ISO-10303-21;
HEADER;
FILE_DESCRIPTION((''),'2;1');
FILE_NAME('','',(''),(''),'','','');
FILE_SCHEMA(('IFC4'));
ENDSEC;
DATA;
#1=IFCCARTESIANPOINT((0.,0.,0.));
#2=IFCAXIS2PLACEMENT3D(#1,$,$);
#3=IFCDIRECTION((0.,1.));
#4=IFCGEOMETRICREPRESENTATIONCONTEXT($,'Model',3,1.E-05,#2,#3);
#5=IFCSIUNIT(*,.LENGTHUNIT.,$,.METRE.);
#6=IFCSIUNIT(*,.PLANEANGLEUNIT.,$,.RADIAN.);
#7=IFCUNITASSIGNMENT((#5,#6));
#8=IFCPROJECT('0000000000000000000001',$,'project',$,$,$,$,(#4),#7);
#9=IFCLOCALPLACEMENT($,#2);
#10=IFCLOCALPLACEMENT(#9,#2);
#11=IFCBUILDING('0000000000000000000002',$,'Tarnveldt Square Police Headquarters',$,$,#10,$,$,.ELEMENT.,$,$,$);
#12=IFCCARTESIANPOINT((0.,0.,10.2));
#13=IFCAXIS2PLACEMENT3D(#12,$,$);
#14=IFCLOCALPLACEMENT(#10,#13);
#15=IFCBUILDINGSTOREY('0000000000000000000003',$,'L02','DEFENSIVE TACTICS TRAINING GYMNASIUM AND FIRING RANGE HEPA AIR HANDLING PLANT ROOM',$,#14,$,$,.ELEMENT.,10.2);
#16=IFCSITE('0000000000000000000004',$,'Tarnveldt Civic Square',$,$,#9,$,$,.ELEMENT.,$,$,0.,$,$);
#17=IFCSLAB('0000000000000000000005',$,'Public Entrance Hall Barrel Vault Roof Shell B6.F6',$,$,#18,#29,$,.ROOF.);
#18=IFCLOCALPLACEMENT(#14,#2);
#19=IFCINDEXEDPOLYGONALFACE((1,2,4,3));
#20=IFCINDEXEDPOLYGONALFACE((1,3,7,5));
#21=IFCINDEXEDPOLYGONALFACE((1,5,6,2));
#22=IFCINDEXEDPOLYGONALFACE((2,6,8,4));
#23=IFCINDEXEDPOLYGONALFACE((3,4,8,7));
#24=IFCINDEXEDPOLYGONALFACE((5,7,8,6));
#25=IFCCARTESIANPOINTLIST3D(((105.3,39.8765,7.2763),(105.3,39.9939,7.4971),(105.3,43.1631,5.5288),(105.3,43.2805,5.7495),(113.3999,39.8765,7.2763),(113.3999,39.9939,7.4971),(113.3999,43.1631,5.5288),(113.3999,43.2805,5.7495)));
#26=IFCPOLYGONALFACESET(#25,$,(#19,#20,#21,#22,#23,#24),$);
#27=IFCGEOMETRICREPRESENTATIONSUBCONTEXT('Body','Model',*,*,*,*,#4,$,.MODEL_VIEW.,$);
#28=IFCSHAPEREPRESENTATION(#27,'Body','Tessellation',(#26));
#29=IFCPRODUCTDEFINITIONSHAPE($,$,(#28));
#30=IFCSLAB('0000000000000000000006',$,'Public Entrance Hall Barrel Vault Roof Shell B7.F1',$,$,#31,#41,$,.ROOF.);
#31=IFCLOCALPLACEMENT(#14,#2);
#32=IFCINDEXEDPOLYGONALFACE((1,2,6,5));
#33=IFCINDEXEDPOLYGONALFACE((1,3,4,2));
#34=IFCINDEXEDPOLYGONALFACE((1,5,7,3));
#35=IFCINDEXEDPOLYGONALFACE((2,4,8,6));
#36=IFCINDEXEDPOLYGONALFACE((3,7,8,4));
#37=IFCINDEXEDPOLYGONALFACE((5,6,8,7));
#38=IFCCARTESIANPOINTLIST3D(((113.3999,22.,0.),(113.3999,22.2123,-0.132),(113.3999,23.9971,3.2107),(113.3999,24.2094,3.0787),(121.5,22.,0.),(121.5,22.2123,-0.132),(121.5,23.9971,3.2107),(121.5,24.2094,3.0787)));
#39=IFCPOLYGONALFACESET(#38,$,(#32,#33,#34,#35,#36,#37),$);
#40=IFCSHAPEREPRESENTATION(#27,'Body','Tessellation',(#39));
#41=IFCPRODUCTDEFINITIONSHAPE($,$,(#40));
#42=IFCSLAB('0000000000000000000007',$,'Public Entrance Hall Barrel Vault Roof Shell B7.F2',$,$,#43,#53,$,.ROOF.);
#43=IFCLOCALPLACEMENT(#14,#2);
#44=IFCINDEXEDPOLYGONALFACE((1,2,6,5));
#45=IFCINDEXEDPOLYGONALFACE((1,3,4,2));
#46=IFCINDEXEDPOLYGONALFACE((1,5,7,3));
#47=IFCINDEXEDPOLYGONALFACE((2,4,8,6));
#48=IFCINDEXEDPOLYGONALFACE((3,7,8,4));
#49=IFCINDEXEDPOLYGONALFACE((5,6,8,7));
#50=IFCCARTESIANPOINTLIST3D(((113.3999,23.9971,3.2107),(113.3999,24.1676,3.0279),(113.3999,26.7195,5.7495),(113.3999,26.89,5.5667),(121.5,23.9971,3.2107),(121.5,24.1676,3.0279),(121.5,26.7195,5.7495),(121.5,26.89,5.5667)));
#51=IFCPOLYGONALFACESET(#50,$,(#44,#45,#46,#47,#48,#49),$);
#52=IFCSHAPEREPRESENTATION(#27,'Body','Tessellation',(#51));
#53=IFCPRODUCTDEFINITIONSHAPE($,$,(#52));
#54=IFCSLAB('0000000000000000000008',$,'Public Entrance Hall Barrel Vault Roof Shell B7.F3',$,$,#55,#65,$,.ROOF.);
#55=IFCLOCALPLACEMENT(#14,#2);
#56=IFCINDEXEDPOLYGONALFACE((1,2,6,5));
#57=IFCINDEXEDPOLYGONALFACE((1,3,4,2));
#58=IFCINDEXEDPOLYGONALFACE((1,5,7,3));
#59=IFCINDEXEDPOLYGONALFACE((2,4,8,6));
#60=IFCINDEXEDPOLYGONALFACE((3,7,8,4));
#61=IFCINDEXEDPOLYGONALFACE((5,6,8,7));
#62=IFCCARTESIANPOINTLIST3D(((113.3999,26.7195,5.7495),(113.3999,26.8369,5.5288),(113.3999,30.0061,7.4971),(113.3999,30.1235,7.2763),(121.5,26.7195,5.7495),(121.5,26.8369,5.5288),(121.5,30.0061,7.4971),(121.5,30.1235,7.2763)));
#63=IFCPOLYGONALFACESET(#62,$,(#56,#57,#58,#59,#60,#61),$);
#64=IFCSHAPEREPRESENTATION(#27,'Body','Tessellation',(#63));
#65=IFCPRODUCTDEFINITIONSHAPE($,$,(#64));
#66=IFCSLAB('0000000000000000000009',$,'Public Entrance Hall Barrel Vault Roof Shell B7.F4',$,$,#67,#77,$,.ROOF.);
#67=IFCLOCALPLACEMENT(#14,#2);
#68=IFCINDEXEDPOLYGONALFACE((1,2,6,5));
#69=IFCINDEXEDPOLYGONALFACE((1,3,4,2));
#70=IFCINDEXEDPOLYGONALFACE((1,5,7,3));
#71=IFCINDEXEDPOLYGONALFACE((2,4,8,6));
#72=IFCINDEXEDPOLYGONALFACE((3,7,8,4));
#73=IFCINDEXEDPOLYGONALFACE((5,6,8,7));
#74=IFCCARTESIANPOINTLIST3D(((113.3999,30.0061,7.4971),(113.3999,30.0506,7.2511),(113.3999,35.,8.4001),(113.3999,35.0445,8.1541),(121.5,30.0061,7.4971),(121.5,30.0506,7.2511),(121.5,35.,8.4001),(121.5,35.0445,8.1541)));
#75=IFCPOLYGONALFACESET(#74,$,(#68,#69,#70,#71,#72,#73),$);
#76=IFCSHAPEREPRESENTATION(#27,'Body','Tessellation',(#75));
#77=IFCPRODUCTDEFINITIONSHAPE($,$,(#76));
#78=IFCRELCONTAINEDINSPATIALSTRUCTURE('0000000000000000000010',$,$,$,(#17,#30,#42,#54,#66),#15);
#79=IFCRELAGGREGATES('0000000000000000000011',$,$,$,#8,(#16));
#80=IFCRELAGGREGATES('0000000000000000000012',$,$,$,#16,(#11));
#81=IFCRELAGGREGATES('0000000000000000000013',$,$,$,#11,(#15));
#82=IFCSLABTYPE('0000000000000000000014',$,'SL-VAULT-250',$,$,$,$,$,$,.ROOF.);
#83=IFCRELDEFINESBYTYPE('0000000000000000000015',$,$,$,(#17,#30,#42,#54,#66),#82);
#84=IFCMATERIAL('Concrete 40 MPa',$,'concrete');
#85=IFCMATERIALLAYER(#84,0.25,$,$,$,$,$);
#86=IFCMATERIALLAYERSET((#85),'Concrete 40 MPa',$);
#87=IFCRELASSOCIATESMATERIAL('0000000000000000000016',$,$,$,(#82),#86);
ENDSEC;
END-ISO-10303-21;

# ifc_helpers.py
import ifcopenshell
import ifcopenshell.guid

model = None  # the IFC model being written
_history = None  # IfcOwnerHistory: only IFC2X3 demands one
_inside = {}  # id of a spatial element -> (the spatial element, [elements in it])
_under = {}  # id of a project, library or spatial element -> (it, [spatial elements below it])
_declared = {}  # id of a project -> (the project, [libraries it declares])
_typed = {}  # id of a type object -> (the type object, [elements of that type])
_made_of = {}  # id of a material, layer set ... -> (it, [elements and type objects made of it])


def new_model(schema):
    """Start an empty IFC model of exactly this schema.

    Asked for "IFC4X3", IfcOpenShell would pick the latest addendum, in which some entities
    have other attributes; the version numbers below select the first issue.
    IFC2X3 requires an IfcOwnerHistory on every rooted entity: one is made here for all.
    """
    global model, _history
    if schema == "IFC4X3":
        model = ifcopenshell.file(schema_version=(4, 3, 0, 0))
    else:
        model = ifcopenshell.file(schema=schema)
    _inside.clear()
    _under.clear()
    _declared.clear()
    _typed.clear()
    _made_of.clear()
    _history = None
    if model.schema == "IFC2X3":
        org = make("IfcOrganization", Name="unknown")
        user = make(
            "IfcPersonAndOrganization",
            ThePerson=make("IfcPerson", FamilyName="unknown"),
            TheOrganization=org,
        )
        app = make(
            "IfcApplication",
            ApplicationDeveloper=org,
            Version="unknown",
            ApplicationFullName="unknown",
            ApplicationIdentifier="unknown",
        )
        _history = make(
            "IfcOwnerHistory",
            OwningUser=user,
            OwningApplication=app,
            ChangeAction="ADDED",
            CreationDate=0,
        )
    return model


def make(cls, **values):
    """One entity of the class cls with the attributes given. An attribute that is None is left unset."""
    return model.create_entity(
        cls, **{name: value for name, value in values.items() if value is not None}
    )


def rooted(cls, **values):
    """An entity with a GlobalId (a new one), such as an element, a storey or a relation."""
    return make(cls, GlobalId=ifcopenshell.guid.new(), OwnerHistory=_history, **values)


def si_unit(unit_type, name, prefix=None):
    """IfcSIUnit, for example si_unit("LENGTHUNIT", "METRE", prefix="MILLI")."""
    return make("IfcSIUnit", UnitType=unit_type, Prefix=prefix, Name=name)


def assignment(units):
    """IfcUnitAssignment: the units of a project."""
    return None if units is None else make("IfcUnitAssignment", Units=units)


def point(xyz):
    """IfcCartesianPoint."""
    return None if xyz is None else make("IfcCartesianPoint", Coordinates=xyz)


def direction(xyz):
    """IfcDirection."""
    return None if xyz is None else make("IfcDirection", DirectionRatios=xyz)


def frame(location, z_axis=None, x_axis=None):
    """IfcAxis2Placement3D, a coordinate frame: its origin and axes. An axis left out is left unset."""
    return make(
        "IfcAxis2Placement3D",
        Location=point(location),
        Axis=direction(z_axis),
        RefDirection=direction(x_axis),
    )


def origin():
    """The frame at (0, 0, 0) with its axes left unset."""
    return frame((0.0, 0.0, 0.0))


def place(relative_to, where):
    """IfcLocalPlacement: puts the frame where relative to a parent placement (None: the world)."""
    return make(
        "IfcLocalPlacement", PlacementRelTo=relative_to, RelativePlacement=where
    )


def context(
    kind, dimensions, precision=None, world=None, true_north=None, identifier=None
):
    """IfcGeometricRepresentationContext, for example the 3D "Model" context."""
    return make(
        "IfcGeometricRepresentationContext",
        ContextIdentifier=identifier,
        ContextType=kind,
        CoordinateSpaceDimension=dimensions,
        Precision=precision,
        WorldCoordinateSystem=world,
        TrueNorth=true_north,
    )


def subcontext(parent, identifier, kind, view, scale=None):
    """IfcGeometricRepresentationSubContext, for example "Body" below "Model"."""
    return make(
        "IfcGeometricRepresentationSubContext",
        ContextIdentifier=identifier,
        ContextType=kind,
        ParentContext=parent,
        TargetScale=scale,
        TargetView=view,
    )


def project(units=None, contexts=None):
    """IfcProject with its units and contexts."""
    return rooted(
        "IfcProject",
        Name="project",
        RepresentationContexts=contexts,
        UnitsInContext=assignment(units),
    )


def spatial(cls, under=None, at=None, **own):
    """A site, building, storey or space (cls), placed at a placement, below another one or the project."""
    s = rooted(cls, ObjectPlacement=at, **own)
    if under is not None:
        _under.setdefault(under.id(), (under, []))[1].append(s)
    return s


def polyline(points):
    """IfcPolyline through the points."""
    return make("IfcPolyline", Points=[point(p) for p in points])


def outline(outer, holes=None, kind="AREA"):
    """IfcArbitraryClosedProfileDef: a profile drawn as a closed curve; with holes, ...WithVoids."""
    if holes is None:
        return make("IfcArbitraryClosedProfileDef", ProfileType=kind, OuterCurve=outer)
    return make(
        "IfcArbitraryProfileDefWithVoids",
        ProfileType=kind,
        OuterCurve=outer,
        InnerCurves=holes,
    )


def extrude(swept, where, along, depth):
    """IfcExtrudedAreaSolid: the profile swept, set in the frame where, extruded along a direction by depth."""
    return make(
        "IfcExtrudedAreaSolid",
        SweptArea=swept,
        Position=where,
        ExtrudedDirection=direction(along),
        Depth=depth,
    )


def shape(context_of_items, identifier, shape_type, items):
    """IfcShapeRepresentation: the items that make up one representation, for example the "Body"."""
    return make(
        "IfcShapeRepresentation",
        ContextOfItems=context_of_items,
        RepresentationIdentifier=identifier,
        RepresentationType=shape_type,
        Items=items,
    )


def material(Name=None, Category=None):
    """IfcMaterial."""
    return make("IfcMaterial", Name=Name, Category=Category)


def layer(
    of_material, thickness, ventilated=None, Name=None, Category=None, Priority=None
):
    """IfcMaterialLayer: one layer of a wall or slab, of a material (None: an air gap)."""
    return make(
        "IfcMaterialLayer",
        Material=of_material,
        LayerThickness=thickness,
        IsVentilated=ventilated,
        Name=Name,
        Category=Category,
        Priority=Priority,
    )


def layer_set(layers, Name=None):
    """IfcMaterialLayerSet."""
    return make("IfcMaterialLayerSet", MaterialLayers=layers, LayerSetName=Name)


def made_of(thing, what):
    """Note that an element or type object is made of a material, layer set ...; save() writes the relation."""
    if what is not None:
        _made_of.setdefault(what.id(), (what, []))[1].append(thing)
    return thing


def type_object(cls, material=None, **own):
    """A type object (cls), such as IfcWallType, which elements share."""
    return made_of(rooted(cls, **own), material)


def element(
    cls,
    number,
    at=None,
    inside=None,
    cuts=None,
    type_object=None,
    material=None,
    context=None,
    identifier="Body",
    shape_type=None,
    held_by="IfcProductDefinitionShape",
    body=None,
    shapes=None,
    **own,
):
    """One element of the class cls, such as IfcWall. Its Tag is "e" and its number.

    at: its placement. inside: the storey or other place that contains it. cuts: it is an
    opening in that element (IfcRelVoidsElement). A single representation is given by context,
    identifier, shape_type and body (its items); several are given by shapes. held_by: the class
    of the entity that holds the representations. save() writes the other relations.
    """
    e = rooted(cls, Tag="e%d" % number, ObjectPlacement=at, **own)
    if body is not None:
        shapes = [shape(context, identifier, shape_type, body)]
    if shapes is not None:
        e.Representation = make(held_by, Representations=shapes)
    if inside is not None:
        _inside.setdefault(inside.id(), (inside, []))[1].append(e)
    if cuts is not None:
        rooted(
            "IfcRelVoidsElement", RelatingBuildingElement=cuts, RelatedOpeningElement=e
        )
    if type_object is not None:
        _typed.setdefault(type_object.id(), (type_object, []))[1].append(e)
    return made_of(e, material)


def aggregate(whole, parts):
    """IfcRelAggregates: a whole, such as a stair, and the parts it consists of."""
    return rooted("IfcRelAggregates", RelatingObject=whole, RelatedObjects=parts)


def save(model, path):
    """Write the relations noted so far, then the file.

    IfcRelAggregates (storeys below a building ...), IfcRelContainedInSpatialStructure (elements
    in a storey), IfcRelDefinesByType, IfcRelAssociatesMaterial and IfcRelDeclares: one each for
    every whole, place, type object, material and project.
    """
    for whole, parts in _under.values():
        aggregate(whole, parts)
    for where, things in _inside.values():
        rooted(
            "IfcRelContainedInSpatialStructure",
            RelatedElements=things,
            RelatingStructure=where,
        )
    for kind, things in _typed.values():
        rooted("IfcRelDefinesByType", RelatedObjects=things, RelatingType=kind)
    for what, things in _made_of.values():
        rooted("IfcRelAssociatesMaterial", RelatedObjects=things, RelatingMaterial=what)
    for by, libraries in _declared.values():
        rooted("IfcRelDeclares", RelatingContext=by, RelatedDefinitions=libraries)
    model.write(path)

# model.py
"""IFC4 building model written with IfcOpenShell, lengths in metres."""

from ifc_helpers import new_model, si_unit, direction, frame, origin, place, context, subcontext, project, spatial, polyline, outline, extrude, material, layer, layer_set, type_object, element, save


model = new_model("IFC4")

# Units and contexts
model_context = context("Model", 3, precision=1e-05, world=origin(), true_north=direction((0.0, 1.0)))
body_context = subcontext(model_context, "Body", "Model", "MODEL_VIEW")
ifc_project = project(units=[si_unit("LENGTHUNIT", "METRE"), si_unit("PLANEANGLEUNIT", "RADIAN")], contexts=[model_context])

# Site, building, storey
site_placement = place(None, origin())
site = spatial("IfcSite", under=ifc_project, at=site_placement, Name="Tarnveldt Civic Square", CompositionType="ELEMENT", RefElevation=0.0)
building_placement = place(site_placement, origin())
building = spatial("IfcBuilding", under=site, at=building_placement, Name="Tarnveldt Square Police Headquarters", CompositionType="ELEMENT")
storey_placement = place(building_placement, frame((0.0, 0.0, 10.2)))
storey = spatial("IfcBuildingStorey", under=building, at=storey_placement, Name="L02", Description="DEFENSIVE TACTICS TRAINING GYMNASIUM AND FIRING RANGE HEPA AIR HANDLING PLANT ROOM", CompositionType="ELEMENT", Elevation=10.2)

# Shared definitions
ifc_material = material(Name="Concrete 40 MPa", Category="concrete")

# Slabs
ifc_layer = layer(ifc_material, 0.25)
ifc_layer_set = layer_set([ifc_layer], Name="Concrete 40 MPa")
slab_type = type_object("IfcSlabType", Name="SL-VAULT-250", PredefinedType="ROOF", material=ifc_layer_set)
slab_1_placement = place(storey_placement, frame((105.3, 39.9939, 7.4971), z_axis=(0.0, 0.469478, 0.882944), x_axis=(1.0, 0.0, 0.0)))
element("IfcSlab", 1, at=slab_1_placement, inside=storey, type_object=slab_type, Name="Public Entrance Hall Barrel Vault Roof Shell B6.F6", PredefinedType="ROOF", context=body_context, shape_type="SweptSolid", body=[
    extrude(outline(polyline([(0.0, 0.0), (8.0999, 0.0), (8.0999, 3.7223), (0.0, 3.7223), (0.0, 0.0)])), origin(), (0.0, 0.0, -1.0), 0.25),
])
slab_2_placement = place(storey_placement, frame((113.3999, 22.0, 0.0), z_axis=(0.0, -0.849139, 0.528169), x_axis=(1.0, 0.0, 0.0)))
element("IfcSlab", 2, at=slab_2_placement, inside=storey, type_object=slab_type, Name="Public Entrance Hall Barrel Vault Roof Shell B7.F1", PredefinedType="ROOF", context=body_context, shape_type="SweptSolid", body=[
    extrude(outline(polyline([(0.0, 0.0), (8.1001, 0.0), (8.1001, 3.7811), (0.0, 3.7811), (0.0, 0.0)])), origin(), (0.0, 0.0, -1.0), 0.25),
])
slab_3_placement = place(storey_placement, frame((113.3999, 23.9971, 3.2107), z_axis=(0.0, -0.682017, 0.731337), x_axis=(1.0, 0.0, 0.0)))
element("IfcSlab", 3, at=slab_3_placement, inside=storey, type_object=slab_type, Name="Public Entrance Hall Barrel Vault Roof Shell B7.F2", PredefinedType="ROOF", context=body_context, shape_type="SweptSolid", body=[
    extrude(outline(polyline([(0.0, 0.0), (8.1001, 0.0), (8.1001, 3.7225), (0.0, 3.7225), (0.0, 0.0)])), origin(), (0.0, 0.0, -1.0), 0.25),
])
slab_4_placement = place(storey_placement, frame((113.3999, 26.7195, 5.7495), z_axis=(0.0, -0.469478, 0.882944), x_axis=(1.0, 0.0, 0.0)))
element("IfcSlab", 4, at=slab_4_placement, inside=storey, type_object=slab_type, Name="Public Entrance Hall Barrel Vault Roof Shell B7.F3", PredefinedType="ROOF", context=body_context, shape_type="SweptSolid", body=[
    extrude(outline(polyline([(0.0, 0.0), (8.1001, 0.0), (8.1001, 3.7223), (0.0, 3.7223), (0.0, 0.0)])), origin(), (0.0, 0.0, -1.0), 0.25),
])
slab_5_placement = place(storey_placement, frame((113.3999, 30.0061, 7.4971), z_axis=(0.0, -0.17795, 0.98404), x_axis=(1.0, 0.0, 0.0)))
element("IfcSlab", 5, at=slab_5_placement, inside=storey, type_object=slab_type, Name="Public Entrance Hall Barrel Vault Roof Shell B7.F4", PredefinedType="ROOF", context=body_context, shape_type="SweptSolid", body=[
    extrude(outline(polyline([(0.0, 0.0), (8.1001, 0.0), (8.1001, 5.0749), (0.0, 5.0749), (0.0, 0.0)])), origin(), (0.0, 0.0, -1.0), 0.25),
])

save(model, "model.ifc")
